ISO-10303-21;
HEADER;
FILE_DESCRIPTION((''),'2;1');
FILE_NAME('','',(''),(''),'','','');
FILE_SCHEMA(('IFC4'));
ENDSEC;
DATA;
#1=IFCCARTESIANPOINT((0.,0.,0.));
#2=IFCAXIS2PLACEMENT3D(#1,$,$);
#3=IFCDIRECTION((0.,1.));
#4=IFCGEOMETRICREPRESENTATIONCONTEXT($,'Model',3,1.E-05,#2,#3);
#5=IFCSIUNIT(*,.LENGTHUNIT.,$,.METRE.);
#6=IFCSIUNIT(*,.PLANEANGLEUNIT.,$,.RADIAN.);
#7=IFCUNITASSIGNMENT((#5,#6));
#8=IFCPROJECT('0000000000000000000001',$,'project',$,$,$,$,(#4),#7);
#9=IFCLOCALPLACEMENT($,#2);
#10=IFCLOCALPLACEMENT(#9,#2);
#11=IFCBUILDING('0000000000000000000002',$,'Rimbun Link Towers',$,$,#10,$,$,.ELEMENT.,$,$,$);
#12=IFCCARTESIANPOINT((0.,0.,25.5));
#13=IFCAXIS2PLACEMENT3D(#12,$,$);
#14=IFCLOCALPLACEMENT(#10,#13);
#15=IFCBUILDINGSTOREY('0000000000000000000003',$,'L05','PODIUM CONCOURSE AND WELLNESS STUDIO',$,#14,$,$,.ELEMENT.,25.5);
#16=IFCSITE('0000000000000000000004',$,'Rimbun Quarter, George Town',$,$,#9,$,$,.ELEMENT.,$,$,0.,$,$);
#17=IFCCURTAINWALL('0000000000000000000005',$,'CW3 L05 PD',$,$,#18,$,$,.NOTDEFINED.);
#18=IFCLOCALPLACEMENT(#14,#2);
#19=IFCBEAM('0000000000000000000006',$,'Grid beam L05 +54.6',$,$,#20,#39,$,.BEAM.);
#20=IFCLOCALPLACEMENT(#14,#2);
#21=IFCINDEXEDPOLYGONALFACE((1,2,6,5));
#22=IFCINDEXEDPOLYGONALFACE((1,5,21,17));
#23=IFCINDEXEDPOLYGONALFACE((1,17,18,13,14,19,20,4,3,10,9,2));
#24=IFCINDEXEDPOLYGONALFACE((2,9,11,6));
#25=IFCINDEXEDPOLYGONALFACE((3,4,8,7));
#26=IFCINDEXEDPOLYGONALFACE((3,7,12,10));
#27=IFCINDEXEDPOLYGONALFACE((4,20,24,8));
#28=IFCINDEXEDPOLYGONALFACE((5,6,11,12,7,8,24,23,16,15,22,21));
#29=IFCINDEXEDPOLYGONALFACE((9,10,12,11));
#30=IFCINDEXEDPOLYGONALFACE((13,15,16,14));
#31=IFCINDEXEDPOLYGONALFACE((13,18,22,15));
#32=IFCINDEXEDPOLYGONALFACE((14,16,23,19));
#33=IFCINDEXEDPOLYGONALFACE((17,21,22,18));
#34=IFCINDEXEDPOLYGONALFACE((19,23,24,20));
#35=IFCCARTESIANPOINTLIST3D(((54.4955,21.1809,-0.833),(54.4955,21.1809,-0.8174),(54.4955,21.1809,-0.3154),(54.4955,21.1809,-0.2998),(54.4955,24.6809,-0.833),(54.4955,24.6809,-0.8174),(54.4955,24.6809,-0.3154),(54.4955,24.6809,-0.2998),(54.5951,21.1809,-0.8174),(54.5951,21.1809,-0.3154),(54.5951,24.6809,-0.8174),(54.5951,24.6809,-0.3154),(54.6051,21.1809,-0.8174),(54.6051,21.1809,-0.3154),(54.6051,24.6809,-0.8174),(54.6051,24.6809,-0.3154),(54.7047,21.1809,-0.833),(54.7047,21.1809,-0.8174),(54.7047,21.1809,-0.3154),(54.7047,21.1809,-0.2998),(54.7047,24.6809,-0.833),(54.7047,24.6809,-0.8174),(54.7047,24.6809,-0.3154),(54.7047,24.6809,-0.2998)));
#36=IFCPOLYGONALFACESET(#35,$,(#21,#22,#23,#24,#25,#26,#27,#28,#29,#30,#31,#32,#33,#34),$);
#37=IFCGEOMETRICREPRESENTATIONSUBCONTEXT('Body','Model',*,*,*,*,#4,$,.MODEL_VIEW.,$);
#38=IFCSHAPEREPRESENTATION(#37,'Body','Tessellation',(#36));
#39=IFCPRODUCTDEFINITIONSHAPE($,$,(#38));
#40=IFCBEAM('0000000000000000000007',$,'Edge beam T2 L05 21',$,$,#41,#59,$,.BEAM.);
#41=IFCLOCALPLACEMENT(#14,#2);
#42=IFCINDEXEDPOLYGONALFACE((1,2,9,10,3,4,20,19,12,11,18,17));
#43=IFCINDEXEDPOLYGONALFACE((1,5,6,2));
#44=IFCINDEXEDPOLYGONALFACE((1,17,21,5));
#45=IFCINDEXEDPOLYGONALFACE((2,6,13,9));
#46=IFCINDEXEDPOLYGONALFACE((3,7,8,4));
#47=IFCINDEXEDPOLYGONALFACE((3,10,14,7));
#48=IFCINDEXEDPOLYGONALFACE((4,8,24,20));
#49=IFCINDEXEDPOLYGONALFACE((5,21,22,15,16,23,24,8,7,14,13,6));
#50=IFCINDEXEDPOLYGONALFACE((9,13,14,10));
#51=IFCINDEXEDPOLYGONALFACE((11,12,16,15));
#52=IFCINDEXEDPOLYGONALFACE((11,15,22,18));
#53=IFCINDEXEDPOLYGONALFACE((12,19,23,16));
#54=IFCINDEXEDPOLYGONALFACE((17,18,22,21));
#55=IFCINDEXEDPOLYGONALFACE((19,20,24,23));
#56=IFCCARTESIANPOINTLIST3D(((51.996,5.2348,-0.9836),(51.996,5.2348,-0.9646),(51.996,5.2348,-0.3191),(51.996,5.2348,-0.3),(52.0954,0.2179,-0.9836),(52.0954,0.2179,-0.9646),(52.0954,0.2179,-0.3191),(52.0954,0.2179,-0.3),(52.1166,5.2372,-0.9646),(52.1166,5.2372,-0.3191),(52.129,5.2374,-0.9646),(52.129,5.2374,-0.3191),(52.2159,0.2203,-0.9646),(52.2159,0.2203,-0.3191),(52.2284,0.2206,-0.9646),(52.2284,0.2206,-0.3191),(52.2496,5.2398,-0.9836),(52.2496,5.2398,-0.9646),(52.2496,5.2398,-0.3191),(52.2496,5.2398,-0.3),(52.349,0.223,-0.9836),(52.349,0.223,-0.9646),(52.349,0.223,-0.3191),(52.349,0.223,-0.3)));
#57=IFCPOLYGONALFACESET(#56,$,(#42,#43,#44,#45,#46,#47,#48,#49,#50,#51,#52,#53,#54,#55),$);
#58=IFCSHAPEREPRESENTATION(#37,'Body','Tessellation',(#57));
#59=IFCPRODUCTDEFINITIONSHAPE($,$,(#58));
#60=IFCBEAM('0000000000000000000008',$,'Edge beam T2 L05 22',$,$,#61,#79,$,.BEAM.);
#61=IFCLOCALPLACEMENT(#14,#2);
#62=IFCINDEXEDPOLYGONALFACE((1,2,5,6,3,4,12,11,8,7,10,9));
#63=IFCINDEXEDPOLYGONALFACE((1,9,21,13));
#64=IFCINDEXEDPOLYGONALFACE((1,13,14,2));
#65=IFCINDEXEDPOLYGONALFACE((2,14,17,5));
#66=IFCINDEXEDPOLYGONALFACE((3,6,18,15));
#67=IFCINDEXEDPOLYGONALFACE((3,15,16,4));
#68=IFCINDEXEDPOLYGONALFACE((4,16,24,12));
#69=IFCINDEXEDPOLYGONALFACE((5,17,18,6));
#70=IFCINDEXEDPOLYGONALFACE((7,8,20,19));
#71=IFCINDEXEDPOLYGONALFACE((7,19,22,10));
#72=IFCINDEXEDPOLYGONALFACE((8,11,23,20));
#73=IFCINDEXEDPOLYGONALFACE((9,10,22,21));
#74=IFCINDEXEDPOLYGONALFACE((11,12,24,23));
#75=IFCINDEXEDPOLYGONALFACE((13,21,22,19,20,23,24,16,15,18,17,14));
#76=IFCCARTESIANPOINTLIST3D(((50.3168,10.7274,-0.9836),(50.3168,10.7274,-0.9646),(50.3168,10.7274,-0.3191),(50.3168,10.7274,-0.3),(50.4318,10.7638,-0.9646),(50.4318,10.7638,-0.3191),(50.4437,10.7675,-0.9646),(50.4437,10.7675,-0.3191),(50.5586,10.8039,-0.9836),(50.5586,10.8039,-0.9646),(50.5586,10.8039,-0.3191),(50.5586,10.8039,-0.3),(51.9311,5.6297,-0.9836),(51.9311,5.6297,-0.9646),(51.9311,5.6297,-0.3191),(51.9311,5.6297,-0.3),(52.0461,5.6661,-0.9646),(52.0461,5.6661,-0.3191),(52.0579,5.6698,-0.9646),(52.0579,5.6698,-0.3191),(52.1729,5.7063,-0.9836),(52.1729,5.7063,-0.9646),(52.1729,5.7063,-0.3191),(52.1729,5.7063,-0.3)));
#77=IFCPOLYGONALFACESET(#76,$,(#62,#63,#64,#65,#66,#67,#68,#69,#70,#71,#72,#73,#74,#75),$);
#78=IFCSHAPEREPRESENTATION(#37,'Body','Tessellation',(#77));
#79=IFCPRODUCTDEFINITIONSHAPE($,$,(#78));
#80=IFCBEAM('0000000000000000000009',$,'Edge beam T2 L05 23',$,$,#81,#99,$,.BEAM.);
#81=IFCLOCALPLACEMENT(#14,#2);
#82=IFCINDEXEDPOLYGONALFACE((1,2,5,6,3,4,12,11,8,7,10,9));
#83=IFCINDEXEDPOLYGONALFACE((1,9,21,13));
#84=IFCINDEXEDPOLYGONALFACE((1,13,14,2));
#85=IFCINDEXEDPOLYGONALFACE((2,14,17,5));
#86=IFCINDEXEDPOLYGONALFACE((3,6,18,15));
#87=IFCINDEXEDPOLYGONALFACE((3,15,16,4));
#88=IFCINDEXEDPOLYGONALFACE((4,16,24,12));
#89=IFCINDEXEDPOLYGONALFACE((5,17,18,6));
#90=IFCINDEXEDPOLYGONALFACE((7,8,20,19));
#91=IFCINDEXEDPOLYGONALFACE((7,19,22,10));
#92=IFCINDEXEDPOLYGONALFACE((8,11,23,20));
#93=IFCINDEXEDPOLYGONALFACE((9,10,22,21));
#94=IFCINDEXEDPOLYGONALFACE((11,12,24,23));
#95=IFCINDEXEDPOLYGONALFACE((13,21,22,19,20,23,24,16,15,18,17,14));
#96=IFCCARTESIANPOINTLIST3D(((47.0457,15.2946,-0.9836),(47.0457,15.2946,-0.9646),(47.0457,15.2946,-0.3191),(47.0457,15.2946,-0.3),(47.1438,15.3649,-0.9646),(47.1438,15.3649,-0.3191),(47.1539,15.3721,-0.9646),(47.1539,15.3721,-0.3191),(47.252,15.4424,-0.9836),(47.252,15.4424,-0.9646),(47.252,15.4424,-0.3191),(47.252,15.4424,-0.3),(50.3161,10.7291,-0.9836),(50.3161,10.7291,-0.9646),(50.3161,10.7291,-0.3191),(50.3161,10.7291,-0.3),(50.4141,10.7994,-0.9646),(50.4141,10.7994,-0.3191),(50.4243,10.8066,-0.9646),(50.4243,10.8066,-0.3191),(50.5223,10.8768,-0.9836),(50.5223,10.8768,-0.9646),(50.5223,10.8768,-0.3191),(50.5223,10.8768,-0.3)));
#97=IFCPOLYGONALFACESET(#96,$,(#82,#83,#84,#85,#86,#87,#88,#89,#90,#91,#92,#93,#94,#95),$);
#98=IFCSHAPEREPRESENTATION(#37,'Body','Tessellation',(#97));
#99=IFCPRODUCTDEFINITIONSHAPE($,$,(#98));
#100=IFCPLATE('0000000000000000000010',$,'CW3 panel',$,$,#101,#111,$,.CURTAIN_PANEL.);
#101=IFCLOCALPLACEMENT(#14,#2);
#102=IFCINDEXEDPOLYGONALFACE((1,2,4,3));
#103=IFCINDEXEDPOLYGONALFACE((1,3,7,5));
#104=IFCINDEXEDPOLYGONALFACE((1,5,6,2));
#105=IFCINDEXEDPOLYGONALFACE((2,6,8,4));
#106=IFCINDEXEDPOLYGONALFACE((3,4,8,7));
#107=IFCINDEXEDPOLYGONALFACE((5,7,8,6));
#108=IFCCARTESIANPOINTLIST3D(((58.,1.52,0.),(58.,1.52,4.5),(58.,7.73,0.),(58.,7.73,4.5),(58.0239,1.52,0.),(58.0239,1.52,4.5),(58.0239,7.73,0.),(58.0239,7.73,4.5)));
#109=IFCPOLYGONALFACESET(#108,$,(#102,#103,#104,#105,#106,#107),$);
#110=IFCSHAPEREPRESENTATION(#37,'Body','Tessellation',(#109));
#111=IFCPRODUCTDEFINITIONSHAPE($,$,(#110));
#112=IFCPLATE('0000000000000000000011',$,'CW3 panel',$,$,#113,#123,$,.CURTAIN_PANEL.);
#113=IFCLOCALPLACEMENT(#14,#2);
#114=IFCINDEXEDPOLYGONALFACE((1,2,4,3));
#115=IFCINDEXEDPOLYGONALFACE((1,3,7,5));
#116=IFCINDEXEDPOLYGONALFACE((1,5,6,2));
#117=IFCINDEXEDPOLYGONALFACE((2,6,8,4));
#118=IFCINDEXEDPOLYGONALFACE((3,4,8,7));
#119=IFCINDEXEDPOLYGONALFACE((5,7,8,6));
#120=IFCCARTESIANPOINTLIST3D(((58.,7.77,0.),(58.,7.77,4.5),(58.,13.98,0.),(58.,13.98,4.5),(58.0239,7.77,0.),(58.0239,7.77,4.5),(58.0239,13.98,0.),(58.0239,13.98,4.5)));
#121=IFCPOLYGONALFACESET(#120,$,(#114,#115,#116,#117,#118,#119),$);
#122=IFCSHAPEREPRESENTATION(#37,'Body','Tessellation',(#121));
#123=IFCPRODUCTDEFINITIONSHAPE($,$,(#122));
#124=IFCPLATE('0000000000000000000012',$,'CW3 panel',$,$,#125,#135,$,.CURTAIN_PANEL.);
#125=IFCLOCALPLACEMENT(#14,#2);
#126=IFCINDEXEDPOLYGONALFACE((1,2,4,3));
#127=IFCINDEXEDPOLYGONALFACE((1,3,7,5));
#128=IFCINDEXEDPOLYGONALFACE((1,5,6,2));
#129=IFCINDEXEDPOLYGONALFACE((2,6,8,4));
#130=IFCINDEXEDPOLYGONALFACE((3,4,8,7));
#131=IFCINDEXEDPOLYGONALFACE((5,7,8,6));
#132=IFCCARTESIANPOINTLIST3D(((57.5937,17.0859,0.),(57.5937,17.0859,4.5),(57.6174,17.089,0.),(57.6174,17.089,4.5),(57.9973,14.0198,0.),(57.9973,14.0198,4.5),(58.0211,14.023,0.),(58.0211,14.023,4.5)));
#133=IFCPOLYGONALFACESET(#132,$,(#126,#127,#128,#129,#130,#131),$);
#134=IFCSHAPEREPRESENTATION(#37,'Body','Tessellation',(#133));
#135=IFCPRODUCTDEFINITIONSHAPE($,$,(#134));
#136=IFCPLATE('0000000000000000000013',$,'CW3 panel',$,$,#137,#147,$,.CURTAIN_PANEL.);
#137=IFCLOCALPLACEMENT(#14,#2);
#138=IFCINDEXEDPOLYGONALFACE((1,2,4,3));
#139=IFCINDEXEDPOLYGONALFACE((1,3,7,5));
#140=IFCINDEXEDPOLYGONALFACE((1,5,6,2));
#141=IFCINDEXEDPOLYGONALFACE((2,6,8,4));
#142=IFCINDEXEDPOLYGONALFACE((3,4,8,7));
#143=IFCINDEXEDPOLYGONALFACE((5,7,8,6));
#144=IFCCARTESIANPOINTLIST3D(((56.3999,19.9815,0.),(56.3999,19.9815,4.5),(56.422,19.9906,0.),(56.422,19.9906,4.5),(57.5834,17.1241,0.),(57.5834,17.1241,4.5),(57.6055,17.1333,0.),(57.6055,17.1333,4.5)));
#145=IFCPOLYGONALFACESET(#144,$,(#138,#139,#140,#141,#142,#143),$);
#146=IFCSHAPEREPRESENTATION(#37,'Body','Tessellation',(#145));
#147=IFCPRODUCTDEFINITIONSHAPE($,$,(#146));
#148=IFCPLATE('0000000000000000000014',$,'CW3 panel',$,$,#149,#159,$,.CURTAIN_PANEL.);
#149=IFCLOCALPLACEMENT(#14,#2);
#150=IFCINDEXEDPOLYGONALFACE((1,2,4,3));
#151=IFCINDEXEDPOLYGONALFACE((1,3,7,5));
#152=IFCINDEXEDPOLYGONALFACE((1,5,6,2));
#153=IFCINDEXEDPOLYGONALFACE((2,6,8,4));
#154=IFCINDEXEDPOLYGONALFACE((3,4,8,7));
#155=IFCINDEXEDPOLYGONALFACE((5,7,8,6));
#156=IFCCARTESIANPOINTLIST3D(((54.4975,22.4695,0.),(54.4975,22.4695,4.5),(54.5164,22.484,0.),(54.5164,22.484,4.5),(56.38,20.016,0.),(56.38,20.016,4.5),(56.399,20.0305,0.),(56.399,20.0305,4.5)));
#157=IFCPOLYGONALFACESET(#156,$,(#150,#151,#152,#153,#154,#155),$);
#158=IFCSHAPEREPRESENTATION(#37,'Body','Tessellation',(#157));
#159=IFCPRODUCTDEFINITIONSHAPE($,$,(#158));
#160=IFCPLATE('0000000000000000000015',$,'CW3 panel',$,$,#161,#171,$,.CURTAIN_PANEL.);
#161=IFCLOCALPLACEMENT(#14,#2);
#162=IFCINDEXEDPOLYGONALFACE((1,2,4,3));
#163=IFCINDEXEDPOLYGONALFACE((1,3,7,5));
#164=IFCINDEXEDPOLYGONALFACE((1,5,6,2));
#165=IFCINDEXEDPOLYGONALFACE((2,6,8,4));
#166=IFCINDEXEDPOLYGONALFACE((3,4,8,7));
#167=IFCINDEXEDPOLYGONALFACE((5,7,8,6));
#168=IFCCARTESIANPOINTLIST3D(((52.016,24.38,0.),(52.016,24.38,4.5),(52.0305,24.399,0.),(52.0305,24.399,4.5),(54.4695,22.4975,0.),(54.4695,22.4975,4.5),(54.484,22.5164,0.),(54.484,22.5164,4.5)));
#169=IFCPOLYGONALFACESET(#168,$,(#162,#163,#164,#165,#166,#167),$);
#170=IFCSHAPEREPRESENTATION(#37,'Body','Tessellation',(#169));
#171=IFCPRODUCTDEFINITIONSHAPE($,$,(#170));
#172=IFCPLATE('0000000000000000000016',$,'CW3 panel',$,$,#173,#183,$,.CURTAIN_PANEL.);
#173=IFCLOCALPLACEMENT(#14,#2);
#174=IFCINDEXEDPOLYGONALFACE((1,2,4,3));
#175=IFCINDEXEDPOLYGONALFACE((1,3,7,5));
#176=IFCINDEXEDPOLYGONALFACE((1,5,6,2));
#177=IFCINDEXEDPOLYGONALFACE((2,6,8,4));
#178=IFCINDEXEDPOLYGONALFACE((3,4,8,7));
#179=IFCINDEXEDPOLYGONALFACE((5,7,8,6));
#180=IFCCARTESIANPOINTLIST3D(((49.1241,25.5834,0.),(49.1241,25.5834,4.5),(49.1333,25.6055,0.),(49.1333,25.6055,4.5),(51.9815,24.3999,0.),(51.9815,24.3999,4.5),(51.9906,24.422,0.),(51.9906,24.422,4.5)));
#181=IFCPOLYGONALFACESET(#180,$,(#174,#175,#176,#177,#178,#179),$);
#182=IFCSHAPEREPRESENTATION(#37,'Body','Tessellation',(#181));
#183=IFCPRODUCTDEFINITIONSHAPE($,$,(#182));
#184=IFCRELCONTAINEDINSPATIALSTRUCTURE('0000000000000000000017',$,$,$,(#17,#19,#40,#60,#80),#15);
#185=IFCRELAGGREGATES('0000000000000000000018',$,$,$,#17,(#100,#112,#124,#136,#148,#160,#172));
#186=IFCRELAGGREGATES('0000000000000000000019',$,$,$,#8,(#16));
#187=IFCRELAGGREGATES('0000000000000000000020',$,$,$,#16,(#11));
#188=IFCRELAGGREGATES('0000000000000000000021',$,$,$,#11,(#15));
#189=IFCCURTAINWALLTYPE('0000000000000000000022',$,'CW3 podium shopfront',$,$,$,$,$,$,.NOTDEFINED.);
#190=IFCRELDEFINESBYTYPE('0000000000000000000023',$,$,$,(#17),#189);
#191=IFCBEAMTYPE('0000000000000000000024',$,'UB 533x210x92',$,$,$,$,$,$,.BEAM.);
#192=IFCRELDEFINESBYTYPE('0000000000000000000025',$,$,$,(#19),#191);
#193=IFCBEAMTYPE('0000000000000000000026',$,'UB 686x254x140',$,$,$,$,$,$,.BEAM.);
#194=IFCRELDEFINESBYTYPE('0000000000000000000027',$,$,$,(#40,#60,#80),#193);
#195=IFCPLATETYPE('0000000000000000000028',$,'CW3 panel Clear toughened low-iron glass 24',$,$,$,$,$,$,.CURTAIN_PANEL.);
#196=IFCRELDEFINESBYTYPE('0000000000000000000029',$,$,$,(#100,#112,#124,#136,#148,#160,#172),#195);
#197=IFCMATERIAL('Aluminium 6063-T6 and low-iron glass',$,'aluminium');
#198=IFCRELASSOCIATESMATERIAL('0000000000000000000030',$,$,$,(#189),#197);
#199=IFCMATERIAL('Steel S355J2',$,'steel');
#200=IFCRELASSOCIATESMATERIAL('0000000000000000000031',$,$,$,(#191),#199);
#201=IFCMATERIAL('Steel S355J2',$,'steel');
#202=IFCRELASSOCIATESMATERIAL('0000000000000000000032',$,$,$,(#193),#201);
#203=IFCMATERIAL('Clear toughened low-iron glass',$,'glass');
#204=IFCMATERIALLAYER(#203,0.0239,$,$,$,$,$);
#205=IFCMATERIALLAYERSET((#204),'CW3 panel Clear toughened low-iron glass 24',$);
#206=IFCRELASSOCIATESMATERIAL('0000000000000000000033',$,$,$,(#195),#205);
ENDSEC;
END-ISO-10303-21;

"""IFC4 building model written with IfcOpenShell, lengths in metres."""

from ifc_helpers import new_model, si_unit, direction, frame, origin, origin_2d, place, context, subcontext, project, spatial, rectangle, i_section, extrude, material, layer, layer_set, material_profile, profile_set, type_object, element, aggregate, save


model = new_model("IFC4")

# Units and contexts
model_context = context("Model", 3, precision=1e-05, world=origin(), true_north=direction((0.0, 1.0)))
body_context = subcontext(model_context, "Body", "Model", "MODEL_VIEW")
ifc_project = project(units=[si_unit("LENGTHUNIT", "METRE"), si_unit("PLANEANGLEUNIT", "RADIAN")], contexts=[model_context])

# Site, building, storey
site_placement = place(None, origin())
site = spatial("IfcSite", under=ifc_project, at=site_placement, Name="Rimbun Quarter, George Town", CompositionType="ELEMENT", RefElevation=0.0)
building_placement = place(site_placement, origin())
building = spatial("IfcBuilding", under=site, at=building_placement, Name="Rimbun Link Towers", CompositionType="ELEMENT")
storey_placement = place(building_placement, frame((0.0, 0.0, 25.5)))
storey = spatial("IfcBuildingStorey", under=building, at=storey_placement, Name="L05", Description="PODIUM CONCOURSE AND WELLNESS STUDIO", CompositionType="ELEMENT", Elevation=25.5)

# Curtain wall
ifc_material_1 = material(Name="Aluminium 6063-T6 and low-iron glass", Category="aluminium")
curtain_wall_type = type_object("IfcCurtainWallType", Name="CW3 podium shopfront", PredefinedType="NOTDEFINED", material=ifc_material_1)
curtain_wall_placement = place(storey_placement, origin())
curtain_wall = element("IfcCurtainWall", 1, at=curtain_wall_placement, inside=storey, type_object=curtain_wall_type, Name="CW3 L05 PD", PredefinedType="NOTDEFINED")

# Beams
ifc_material_2 = material(Name="Steel S355J2", Category="steel")
ifc_material_profile_1 = material_profile(ifc_material_2, i_section(OverallWidth=0.2092, OverallDepth=0.5332, WebThickness=0.01, FlangeThickness=0.0156, at=origin_2d()), Name="UB 533x210x92")
ifc_profile_set_1 = profile_set([ifc_material_profile_1], Name="Steel S355J2")
beam_type_1 = type_object("IfcBeamType", Name="UB 533x210x92", PredefinedType="BEAM", material=ifc_profile_set_1)
beam_1_placement = place(storey_placement, frame((54.6001, 21.1809, -0.5664), z_axis=(0.0, 1.0, 0.0), x_axis=(-1.0, 0.0, 0.0)))
element("IfcBeam", 2, at=beam_1_placement, inside=storey, type_object=beam_type_1, Name="Grid beam L05 +54.6", PredefinedType="BEAM", context=body_context, shape_type="SweptSolid", body=[
    extrude(i_section(OverallWidth=0.2092, OverallDepth=0.5332, WebThickness=0.01, FlangeThickness=0.0156, at=origin_2d()), origin(), (0.0, 0.0, 1.0), 3.5),
])
ifc_material_3 = material(Name="Steel S355J2", Category="steel")
ifc_material_profile_2 = material_profile(ifc_material_3, i_section(OverallWidth=0.2537, OverallDepth=0.6836, WebThickness=0.0125, FlangeThickness=0.019, at=origin_2d()), Name="UB 686x254x140")
ifc_profile_set_2 = profile_set([ifc_material_profile_2], Name="Steel S355J2")
beam_type_2 = type_object("IfcBeamType", Name="UB 686x254x140", PredefinedType="BEAM", material=ifc_profile_set_2)
beam_2_placement = place(storey_placement, frame((52.2222, 0.2205, -0.6418), z_axis=(-0.019802, 0.999804, 0.0), x_axis=(-0.999804, -0.019802, 0.0)))
element("IfcBeam", 3, at=beam_2_placement, inside=storey, type_object=beam_type_2, Name="Edge beam T2 L05 21", PredefinedType="BEAM", context=body_context, shape_type="SweptSolid", body=[
    extrude(i_section(OverallWidth=0.2537, OverallDepth=0.6836, WebThickness=0.0125, FlangeThickness=0.019, at=origin_2d()), origin(), (0.0, 0.0, 1.0), 5.0178),
])
beam_3_placement = place(storey_placement, frame((52.052, 5.668, -0.6418), z_axis=(-0.301892, 0.953342, 0.0), x_axis=(-0.953342, -0.301892, 0.0)))
element("IfcBeam", 4, at=beam_3_placement, inside=storey, type_object=beam_type_2, Name="Edge beam T2 L05 22", PredefinedType="BEAM", context=body_context, shape_type="SweptSolid", body=[
    extrude(i_section(OverallWidth=0.2537, OverallDepth=0.6836, WebThickness=0.0125, FlangeThickness=0.019, at=origin_2d()), origin(), (0.0, 0.0, 1.0), 5.3472),
])
beam_4_placement = place(storey_placement, frame((50.4192, 10.803, -0.6418), z_axis=(-0.582327, 0.812954, 0.0), x_axis=(-0.812954, -0.582327, 0.0)))
element("IfcBeam", 5, at=beam_4_placement, inside=storey, type_object=beam_type_2, Name="Edge beam T2 L05 23", PredefinedType="BEAM", context=body_context, shape_type="SweptSolid", body=[
    extrude(i_section(OverallWidth=0.2537, OverallDepth=0.6836, WebThickness=0.0125, FlangeThickness=0.019, at=origin_2d()), origin(), (0.0, 0.0, 1.0), 5.616),
])

# Plates
ifc_material_4 = material(Name="Clear toughened low-iron glass", Category="glass")
ifc_layer_1 = layer(ifc_material_4, 0.0239)
ifc_layer_set_1 = layer_set([ifc_layer_1], Name="CW3 panel Clear toughened low-iron glass 24")
plate_type = type_object("IfcPlateType", Name="CW3 panel Clear toughened low-iron glass 24", PredefinedType="CURTAIN_PANEL", material=ifc_layer_set_1)
plate_1_placement = place(storey_placement, frame((58.012, 4.625, 0.0), z_axis=(0.0, 0.0, 1.0), x_axis=(0.0, -1.0, 0.0)))
plate_1 = element("IfcPlate", 6, at=plate_1_placement, type_object=plate_type, Name="CW3 panel", PredefinedType="CURTAIN_PANEL", context=body_context, shape_type="SweptSolid", body=[
    extrude(rectangle(XDim=6.21, YDim=0.0239, at=origin_2d()), origin(), (0.0, 0.0, 1.0), 4.5),
])
plate_2_placement = place(storey_placement, frame((58.012, 10.875, 0.0), z_axis=(0.0, 0.0, 1.0), x_axis=(0.0, -1.0, 0.0)))
plate_2 = element("IfcPlate", 7, at=plate_2_placement, type_object=plate_type, Name="CW3 panel", PredefinedType="CURTAIN_PANEL", context=body_context, shape_type="SweptSolid", body=[
    extrude(rectangle(XDim=6.21, YDim=0.0239, at=origin_2d()), origin(), (0.0, 0.0, 1.0), 4.5),
])
plate_3_placement = place(storey_placement, frame((57.8074, 15.5544, 0.0), z_axis=(0.0, 0.0, 1.0), x_axis=(0.13053, -0.991444, 0.0)))
plate_3 = element("IfcPlate", 8, at=plate_3_placement, type_object=plate_type, Name="CW3 panel", PredefinedType="CURTAIN_PANEL", context=body_context, shape_type="SweptSolid", body=[
    extrude(rectangle(XDim=3.0925, YDim=0.0239, at=origin_2d()), origin(), (0.0, 0.0, 1.0), 4.5),
])
plate_4_placement = place(storey_placement, frame((57.0027, 18.5574, 0.0), z_axis=(0.0, 0.0, 1.0), x_axis=(0.382679, -0.923881, 0.0)))
plate_4 = element("IfcPlate", 9, at=plate_4_placement, type_object=plate_type, Name="CW3 panel", PredefinedType="CURTAIN_PANEL", context=body_context, shape_type="SweptSolid", body=[
    extrude(rectangle(XDim=3.0928, YDim=0.0239, at=origin_2d()), origin(), (0.0, 0.0, 1.0), 4.5),
])
plate_5_placement = place(storey_placement, frame((55.4482, 21.25, 0.0), z_axis=(0.0, 0.0, 1.0), x_axis=(0.608754, -0.793359, 0.0)))
plate_5 = element("IfcPlate", 10, at=plate_5_placement, type_object=plate_type, Name="CW3 panel", PredefinedType="CURTAIN_PANEL", context=body_context, shape_type="SweptSolid", body=[
    extrude(rectangle(XDim=3.0925, YDim=0.0239, at=origin_2d()), origin(), (0.0, 0.0, 1.0), 4.5),
])
plate_6_placement = place(storey_placement, frame((53.25, 23.4482, 0.0), z_axis=(0.0, 0.0, 1.0), x_axis=(0.793359, -0.608754, 0.0)))
plate_6 = element("IfcPlate", 11, at=plate_6_placement, type_object=plate_type, Name="CW3 panel", PredefinedType="CURTAIN_PANEL", context=body_context, shape_type="SweptSolid", body=[
    extrude(rectangle(XDim=3.0925, YDim=0.0239, at=origin_2d()), origin(), (0.0, 0.0, 1.0), 4.5),
])
plate_7_placement = place(storey_placement, frame((50.5574, 25.0027, 0.0), z_axis=(0.0, 0.0, 1.0), x_axis=(0.923881, -0.382679, 0.0)))
plate_7 = element("IfcPlate", 12, at=plate_7_placement, type_object=plate_type, Name="CW3 panel", PredefinedType="CURTAIN_PANEL", context=body_context, shape_type="SweptSolid", body=[
    extrude(rectangle(XDim=3.0928, YDim=0.0239, at=origin_2d()), origin(), (0.0, 0.0, 1.0), 4.5),
])
aggregate(curtain_wall, [plate_1, plate_2, plate_3, plate_4, plate_5, plate_6, plate_7])

save(model, "model.ifc")
